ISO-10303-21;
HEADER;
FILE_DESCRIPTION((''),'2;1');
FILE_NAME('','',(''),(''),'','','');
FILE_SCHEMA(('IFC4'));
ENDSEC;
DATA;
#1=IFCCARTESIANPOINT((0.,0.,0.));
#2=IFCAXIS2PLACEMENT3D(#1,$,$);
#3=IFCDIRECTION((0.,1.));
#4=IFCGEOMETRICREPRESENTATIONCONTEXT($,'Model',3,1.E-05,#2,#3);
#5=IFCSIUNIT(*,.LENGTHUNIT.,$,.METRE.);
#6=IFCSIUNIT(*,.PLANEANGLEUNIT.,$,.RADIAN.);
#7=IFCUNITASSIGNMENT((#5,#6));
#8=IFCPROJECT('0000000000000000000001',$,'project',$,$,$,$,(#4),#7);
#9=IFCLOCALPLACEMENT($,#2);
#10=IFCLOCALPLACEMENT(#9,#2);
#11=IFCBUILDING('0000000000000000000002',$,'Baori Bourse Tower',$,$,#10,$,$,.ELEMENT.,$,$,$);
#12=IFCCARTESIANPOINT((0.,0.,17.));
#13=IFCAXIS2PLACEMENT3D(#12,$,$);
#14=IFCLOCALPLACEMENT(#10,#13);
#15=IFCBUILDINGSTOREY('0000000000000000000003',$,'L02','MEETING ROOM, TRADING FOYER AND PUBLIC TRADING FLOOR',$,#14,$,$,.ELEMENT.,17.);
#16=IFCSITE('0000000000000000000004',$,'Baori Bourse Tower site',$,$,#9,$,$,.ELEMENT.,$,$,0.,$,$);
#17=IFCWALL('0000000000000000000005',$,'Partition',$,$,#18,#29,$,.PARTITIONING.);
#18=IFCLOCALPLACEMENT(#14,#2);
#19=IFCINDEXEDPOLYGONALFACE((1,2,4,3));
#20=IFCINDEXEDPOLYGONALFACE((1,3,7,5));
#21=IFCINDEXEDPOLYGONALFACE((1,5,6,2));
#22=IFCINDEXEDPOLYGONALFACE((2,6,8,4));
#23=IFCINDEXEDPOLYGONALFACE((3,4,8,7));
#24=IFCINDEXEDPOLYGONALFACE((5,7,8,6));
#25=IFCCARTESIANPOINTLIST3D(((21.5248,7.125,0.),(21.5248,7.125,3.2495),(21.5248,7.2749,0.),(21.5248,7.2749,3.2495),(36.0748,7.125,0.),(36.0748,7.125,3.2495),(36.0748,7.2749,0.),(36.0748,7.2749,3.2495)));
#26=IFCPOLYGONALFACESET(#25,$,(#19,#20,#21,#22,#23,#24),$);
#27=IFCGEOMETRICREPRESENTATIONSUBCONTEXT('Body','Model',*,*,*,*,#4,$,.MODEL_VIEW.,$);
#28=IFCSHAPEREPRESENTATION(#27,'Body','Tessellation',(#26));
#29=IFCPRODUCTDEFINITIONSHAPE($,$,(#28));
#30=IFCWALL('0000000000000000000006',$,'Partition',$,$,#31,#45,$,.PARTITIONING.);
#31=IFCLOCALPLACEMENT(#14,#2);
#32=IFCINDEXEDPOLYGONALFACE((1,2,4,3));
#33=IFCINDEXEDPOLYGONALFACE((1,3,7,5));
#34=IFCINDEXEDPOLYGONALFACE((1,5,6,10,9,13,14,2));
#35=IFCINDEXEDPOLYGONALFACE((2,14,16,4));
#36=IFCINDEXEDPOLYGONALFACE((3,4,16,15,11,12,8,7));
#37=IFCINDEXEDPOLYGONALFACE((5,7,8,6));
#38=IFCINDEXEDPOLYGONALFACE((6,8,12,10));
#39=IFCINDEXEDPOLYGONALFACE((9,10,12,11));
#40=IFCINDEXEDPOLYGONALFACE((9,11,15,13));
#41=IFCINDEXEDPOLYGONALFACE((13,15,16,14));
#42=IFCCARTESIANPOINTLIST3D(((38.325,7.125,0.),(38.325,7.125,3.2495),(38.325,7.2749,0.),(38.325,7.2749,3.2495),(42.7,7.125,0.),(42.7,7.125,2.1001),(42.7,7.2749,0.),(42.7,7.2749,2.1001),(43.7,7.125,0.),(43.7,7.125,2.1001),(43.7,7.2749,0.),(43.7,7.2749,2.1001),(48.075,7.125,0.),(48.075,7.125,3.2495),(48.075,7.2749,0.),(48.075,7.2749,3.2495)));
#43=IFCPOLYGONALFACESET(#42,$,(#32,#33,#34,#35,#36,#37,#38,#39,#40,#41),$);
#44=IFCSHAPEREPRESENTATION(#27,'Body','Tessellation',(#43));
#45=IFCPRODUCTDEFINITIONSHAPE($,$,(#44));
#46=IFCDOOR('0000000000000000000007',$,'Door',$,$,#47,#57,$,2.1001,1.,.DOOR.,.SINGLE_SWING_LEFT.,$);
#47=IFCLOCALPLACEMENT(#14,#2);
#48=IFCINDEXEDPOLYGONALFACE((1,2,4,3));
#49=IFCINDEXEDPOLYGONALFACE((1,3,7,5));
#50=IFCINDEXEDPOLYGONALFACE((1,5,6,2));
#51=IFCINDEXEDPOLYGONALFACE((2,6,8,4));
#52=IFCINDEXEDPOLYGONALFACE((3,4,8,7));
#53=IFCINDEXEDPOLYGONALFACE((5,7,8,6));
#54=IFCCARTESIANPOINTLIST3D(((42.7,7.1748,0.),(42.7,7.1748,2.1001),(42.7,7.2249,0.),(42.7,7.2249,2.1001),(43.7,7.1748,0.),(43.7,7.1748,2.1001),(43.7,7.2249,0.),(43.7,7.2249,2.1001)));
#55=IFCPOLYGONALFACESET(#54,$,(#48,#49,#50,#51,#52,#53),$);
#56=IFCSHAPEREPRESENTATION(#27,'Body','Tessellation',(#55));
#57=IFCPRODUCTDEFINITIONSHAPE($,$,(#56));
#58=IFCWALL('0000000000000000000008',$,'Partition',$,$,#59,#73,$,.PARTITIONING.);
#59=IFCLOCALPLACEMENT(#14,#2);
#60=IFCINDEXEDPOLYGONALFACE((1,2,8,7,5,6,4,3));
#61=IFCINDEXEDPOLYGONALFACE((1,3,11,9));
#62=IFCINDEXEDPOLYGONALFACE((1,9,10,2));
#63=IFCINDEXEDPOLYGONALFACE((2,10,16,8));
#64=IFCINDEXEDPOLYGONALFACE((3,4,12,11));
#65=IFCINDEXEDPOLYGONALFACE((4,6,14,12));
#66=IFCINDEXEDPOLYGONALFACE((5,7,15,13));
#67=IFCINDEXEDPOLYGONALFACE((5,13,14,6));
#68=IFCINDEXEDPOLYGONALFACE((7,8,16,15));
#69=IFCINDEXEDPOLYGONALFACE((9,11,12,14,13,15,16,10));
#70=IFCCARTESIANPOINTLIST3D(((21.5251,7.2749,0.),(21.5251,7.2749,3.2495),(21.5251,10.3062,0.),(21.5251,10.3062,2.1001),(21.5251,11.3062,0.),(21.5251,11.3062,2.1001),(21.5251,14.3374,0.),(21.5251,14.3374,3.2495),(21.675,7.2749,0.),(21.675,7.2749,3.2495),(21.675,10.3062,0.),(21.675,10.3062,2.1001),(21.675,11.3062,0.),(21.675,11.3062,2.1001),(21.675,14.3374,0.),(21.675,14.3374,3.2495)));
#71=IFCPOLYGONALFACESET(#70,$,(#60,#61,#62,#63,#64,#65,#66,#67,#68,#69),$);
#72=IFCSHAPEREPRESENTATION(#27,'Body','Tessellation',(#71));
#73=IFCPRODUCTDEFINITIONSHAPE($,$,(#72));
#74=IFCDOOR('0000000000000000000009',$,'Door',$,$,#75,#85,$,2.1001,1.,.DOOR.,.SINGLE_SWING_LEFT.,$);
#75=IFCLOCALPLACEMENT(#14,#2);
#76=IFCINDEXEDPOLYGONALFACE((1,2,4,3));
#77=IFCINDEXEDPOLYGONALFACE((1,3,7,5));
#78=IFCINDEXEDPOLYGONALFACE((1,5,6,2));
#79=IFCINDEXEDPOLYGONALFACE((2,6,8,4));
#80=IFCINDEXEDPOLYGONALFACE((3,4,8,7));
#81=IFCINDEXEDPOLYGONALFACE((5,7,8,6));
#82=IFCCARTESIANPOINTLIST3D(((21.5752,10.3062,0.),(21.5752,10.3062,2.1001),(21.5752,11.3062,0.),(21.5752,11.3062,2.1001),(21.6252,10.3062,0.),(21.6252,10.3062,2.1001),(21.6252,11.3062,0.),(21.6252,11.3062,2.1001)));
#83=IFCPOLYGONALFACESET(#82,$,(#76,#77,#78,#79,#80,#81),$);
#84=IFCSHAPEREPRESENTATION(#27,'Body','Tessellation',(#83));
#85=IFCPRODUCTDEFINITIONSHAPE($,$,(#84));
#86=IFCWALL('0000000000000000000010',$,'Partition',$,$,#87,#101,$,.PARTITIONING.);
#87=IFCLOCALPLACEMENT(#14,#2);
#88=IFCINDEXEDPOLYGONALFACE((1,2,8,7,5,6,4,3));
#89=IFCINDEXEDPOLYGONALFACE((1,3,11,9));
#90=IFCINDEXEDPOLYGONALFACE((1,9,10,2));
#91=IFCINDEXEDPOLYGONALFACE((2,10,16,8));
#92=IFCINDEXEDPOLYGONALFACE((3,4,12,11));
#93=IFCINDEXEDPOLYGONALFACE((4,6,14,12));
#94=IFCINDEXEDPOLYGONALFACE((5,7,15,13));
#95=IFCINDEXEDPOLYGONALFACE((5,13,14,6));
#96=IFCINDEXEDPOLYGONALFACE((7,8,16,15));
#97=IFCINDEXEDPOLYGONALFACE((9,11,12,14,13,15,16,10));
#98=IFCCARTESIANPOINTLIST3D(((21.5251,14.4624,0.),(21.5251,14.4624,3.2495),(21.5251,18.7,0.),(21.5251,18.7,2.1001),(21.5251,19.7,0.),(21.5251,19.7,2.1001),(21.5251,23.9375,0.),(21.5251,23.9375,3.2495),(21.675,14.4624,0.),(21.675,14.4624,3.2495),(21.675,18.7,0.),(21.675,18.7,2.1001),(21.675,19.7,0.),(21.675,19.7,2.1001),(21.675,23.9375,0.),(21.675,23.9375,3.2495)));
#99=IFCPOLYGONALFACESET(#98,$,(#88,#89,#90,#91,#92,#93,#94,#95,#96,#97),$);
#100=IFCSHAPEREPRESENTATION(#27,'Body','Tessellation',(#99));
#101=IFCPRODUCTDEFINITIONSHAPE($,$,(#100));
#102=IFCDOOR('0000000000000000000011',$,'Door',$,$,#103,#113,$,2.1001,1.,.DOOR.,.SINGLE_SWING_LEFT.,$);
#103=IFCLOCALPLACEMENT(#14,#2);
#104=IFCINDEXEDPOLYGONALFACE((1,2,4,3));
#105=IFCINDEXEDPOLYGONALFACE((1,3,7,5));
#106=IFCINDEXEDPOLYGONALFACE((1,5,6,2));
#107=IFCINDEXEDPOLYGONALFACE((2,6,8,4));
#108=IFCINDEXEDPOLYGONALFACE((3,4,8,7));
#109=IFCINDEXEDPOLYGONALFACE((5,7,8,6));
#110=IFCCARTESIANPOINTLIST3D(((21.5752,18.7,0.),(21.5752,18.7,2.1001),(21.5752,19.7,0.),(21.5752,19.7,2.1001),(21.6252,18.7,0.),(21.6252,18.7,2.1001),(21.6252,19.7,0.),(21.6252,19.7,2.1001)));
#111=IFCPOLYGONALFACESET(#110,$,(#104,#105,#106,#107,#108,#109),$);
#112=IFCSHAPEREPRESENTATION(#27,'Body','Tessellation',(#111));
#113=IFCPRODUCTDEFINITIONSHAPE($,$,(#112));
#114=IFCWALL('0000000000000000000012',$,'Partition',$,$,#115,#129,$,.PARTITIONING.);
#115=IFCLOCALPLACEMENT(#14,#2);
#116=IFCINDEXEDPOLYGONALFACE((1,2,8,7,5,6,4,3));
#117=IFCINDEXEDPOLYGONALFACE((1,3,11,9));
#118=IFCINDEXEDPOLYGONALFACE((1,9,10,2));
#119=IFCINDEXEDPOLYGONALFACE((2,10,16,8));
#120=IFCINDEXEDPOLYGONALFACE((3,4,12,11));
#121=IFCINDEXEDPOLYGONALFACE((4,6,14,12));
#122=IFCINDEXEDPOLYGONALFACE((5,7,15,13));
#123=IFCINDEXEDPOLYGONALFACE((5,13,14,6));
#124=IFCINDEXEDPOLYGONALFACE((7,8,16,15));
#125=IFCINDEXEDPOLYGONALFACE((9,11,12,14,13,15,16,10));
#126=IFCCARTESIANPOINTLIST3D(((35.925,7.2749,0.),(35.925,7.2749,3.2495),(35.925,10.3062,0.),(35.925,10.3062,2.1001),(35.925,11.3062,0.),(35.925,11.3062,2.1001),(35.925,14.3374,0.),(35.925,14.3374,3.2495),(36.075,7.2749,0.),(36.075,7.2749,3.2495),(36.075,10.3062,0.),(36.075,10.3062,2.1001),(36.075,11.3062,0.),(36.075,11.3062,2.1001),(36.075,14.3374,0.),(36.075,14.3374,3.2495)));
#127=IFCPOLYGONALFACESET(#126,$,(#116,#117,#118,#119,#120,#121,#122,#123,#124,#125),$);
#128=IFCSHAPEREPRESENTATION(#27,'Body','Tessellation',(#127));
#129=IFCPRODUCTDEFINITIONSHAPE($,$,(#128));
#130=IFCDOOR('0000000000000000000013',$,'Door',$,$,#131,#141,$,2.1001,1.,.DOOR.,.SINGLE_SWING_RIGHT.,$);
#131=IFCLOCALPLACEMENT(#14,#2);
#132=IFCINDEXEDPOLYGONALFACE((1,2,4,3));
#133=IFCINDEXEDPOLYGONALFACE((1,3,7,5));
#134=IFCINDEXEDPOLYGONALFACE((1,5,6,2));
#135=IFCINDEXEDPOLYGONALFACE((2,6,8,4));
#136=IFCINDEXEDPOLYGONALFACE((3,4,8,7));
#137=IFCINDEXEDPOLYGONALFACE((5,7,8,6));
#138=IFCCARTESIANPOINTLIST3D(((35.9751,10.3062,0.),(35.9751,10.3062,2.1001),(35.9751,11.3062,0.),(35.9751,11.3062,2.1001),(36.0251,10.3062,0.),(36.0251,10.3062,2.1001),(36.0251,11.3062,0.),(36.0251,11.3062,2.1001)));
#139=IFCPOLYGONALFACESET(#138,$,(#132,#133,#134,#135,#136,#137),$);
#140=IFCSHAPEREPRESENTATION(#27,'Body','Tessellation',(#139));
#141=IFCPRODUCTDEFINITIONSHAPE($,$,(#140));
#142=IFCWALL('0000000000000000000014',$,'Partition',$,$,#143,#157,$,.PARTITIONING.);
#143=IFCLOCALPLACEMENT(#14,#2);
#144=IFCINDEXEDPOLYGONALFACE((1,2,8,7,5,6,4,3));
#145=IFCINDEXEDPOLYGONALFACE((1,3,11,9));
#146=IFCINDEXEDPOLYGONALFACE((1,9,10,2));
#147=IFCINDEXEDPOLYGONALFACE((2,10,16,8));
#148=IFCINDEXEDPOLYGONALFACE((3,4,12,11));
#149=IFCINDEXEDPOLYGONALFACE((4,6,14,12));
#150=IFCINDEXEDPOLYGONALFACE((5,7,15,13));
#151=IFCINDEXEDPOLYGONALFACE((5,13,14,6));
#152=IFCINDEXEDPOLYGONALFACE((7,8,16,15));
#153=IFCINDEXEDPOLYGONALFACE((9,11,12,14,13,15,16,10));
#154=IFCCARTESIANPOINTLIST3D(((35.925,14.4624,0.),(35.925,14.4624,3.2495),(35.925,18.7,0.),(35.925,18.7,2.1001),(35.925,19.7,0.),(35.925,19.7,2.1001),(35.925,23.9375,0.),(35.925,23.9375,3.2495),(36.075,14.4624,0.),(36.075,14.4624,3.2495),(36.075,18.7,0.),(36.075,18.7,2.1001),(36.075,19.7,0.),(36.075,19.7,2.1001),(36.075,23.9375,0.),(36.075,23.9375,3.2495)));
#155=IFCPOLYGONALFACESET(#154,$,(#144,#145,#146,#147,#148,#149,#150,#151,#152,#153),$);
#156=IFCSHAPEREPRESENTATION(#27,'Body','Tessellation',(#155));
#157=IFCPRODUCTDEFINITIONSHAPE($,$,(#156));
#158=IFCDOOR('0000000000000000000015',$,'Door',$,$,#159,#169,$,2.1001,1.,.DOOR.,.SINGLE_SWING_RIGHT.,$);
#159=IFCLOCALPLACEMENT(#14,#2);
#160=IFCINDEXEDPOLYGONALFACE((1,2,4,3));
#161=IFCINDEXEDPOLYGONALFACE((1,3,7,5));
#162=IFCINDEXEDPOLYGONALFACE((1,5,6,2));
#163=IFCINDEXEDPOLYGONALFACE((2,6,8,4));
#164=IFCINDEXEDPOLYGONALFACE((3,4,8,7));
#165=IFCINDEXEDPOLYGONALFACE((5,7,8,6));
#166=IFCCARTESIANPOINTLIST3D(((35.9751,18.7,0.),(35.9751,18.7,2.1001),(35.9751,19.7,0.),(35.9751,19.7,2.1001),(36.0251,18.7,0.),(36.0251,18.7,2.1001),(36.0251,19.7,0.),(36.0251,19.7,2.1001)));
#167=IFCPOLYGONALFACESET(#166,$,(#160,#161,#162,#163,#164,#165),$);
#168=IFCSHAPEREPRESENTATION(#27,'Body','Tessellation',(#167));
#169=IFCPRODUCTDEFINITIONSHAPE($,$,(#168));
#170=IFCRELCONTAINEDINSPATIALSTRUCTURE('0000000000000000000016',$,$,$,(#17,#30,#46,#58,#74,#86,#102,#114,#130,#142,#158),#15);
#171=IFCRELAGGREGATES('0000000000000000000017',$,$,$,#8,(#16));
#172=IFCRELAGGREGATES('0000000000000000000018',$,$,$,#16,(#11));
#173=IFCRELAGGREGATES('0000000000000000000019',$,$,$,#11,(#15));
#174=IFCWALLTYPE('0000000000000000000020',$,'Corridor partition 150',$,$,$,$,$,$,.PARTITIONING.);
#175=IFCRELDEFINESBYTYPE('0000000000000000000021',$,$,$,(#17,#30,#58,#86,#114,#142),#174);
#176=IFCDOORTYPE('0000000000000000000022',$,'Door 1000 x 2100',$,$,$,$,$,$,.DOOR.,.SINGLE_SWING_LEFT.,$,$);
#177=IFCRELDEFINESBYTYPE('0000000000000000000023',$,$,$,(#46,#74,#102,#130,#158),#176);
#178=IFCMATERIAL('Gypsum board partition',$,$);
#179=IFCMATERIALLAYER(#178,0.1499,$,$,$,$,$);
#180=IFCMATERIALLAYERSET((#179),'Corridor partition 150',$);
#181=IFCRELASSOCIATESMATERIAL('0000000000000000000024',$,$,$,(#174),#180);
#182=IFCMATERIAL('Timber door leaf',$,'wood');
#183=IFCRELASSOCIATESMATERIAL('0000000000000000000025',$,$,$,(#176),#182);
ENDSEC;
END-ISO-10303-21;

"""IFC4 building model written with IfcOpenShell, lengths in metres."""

from ifc_helpers import new_model, si_unit, direction, frame, frame_2d, origin, place, context, subcontext, project, spatial, rectangle, extrude, material, layer, layer_set, type_object, element, fill, save


model = new_model("IFC4")

# Units and contexts
model_context = context("Model", 3, precision=1e-05, world=origin(), true_north=direction((0.0, 1.0)))
body_context = subcontext(model_context, "Body", "Model", "MODEL_VIEW")
ifc_project = project(units=[si_unit("LENGTHUNIT", "METRE"), si_unit("PLANEANGLEUNIT", "RADIAN")], contexts=[model_context])

# Site, building, storey
site_placement = place(None, origin())
site = spatial("IfcSite", under=ifc_project, at=site_placement, Name="Baori Bourse Tower site", CompositionType="ELEMENT", RefElevation=0.0)
building_placement = place(site_placement, origin())
building = spatial("IfcBuilding", under=site, at=building_placement, Name="Baori Bourse Tower", CompositionType="ELEMENT")
storey_placement = place(building_placement, frame((0.0, 0.0, 17.0)))
storey = spatial("IfcBuildingStorey", under=building, at=storey_placement, Name="L02", Description="MEETING ROOM, TRADING FOYER AND PUBLIC TRADING FLOOR", CompositionType="ELEMENT", Elevation=17.0)

# Wall
ifc_material_1 = material(Name="Gypsum board partition")
ifc_layer_1 = layer(ifc_material_1, 0.1499)
ifc_layer_set_1 = layer_set([ifc_layer_1], Name="Corridor partition 150")
wall_type_1 = type_object("IfcWallType", Name="Corridor partition 150", PredefinedType="PARTITIONING", material=ifc_layer_set_1)
wall_1_placement = place(storey_placement, frame((21.5249, 7.2, 0.0), z_axis=(0.0, 0.0, 1.0), x_axis=(1.0, 0.0, 0.0)))
element("IfcWall", 1, at=wall_1_placement, inside=storey, type_object=wall_type_1, Name="Partition", PredefinedType="PARTITIONING", context=body_context, shape_type="SweptSolid", body=[
    extrude(rectangle(XDim=14.55, YDim=0.1499, at=frame_2d((7.2749, 0.0))), origin(), (0.0, 0.0, 1.0), 3.2495),
])

# Walls, openings, doors
wall_2_placement = place(storey_placement, frame((38.325, 7.2, 0.0), z_axis=(0.0, 0.0, 1.0), x_axis=(1.0, 0.0, 0.0)))
wall_2 = element("IfcWall", 2, at=wall_2_placement, inside=storey, type_object=wall_type_1, Name="Partition", PredefinedType="PARTITIONING", context=body_context, shape_type="SweptSolid", body=[
    extrude(rectangle(XDim=9.75, YDim=0.1499, at=frame_2d((4.875, 0.0))), origin(), (0.0, 0.0, 1.0), 3.2495),
])
opening_1_placement = place(wall_2_placement, frame((4.375, 0.0, 0.0)))
opening_1 = element("IfcOpeningElement", 3, at=opening_1_placement, cuts=wall_2, PredefinedType="OPENING", context=body_context, shape_type="SweptSolid", body=[
    extrude(rectangle(XDim=1.0, YDim=2.1001, at=frame_2d((0.5, 1.05))), frame((0.0, 0.085, 0.0), z_axis=(0.0, -1.0, 0.0), x_axis=(1.0, 0.0, 0.0)), (0.0, 0.0, 1.0), 0.1699),
])
ifc_material_2 = material(Name="Timber door leaf", Category="wood")
door_type = type_object("IfcDoorType", Name="Door 1000 x 2100", OperationType="SINGLE_SWING_LEFT", PredefinedType="DOOR", material=ifc_material_2)
door_1_placement = place(opening_1_placement, origin())
door_1 = element("IfcDoor", 4, at=door_1_placement, inside=storey, type_object=door_type, Name="Door", OperationType="SINGLE_SWING_LEFT", OverallHeight=2.1001, OverallWidth=1.0, PredefinedType="DOOR", context=body_context, shape_type="SweptSolid", body=[
    extrude(rectangle(XDim=1.0, YDim=2.1001, at=frame_2d((0.5, 1.05))), frame((0.0, 0.0249, 0.0), z_axis=(0.0, -1.0, 0.0), x_axis=(1.0, 0.0, 0.0)), (0.0, 0.0, 1.0), 0.05),
])
fill(opening_1, door_1)
wall_3_placement = place(storey_placement, frame((21.6001, 7.2749, 0.0), z_axis=(0.0, 0.0, 1.0), x_axis=(0.0, 1.0, 0.0)))
wall_3 = element("IfcWall", 5, at=wall_3_placement, inside=storey, type_object=wall_type_1, Name="Partition", PredefinedType="PARTITIONING", context=body_context, shape_type="SweptSolid", body=[
    extrude(rectangle(XDim=7.0625, YDim=0.1499, at=frame_2d((3.5312, 0.0))), origin(), (0.0, 0.0, 1.0), 3.2495),
])
opening_2_placement = place(wall_3_placement, frame((3.0312, 0.0, 0.0)))
opening_2 = element("IfcOpeningElement", 6, at=opening_2_placement, cuts=wall_3, PredefinedType="OPENING", context=body_context, shape_type="SweptSolid", body=[
    extrude(rectangle(XDim=1.0, YDim=2.1001, at=frame_2d((0.5, 1.05))), frame((0.0, 0.085, 0.0), z_axis=(0.0, -1.0, 0.0), x_axis=(1.0, 0.0, 0.0)), (0.0, 0.0, 1.0), 0.1699),
])
door_2_placement = place(opening_2_placement, origin())
door_2 = element("IfcDoor", 7, at=door_2_placement, inside=storey, type_object=door_type, Name="Door", OperationType="SINGLE_SWING_LEFT", OverallHeight=2.1001, OverallWidth=1.0, PredefinedType="DOOR", context=body_context, shape_type="SweptSolid", body=[
    extrude(rectangle(XDim=1.0, YDim=2.1001, at=frame_2d((0.5, 1.05))), frame((0.0, 0.0249, 0.0), z_axis=(0.0, -1.0, 0.0), x_axis=(1.0, 0.0, 0.0)), (0.0, 0.0, 1.0), 0.05),
])
fill(opening_2, door_2)
wall_4_placement = place(storey_placement, frame((21.6001, 14.4624, 0.0), z_axis=(0.0, 0.0, 1.0), x_axis=(0.0, 1.0, 0.0)))
wall_4 = element("IfcWall", 8, at=wall_4_placement, inside=storey, type_object=wall_type_1, Name="Partition", PredefinedType="PARTITIONING", context=body_context, shape_type="SweptSolid", body=[
    extrude(rectangle(XDim=9.4751, YDim=0.1499, at=frame_2d((4.7375, 0.0))), origin(), (0.0, 0.0, 1.0), 3.2495),
])
opening_3_placement = place(wall_4_placement, frame((4.2375, 0.0, 0.0)))
opening_3 = element("IfcOpeningElement", 9, at=opening_3_placement, cuts=wall_4, PredefinedType="OPENING", context=body_context, shape_type="SweptSolid", body=[
    extrude(rectangle(XDim=1.0, YDim=2.1001, at=frame_2d((0.5, 1.05))), frame((0.0, 0.085, 0.0), z_axis=(0.0, -1.0, 0.0), x_axis=(1.0, 0.0, 0.0)), (0.0, 0.0, 1.0), 0.1699),
])
door_3_placement = place(opening_3_placement, origin())
door_3 = element("IfcDoor", 10, at=door_3_placement, inside=storey, type_object=door_type, Name="Door", OperationType="SINGLE_SWING_LEFT", OverallHeight=2.1001, OverallWidth=1.0, PredefinedType="DOOR", context=body_context, shape_type="SweptSolid", body=[
    extrude(rectangle(XDim=1.0, YDim=2.1001, at=frame_2d((0.5, 1.05))), frame((0.0, 0.0249, 0.0), z_axis=(0.0, -1.0, 0.0), x_axis=(1.0, 0.0, 0.0)), (0.0, 0.0, 1.0), 0.05),
])
fill(opening_3, door_3)
wall_5_placement = place(storey_placement, frame((36.0, 7.2749, 0.0), z_axis=(0.0, 0.0, 1.0), x_axis=(0.0, 1.0, 0.0)))
wall_5 = element("IfcWall", 11, at=wall_5_placement, inside=storey, type_object=wall_type_1, Name="Partition", PredefinedType="PARTITIONING", context=body_context, shape_type="SweptSolid", body=[
    extrude(rectangle(XDim=7.0625, YDim=0.1499, at=frame_2d((3.5312, 0.0))), origin(), (0.0, 0.0, 1.0), 3.2495),
])
opening_4_placement = place(wall_5_placement, frame((3.0312, 0.0, 0.0)))
opening_4 = element("IfcOpeningElement", 12, at=opening_4_placement, cuts=wall_5, PredefinedType="OPENING", context=body_context, shape_type="SweptSolid", body=[
    extrude(rectangle(XDim=1.0, YDim=2.1001, at=frame_2d((0.5, 1.05))), frame((0.0, 0.085, 0.0), z_axis=(0.0, -1.0, 0.0), x_axis=(1.0, 0.0, 0.0)), (0.0, 0.0, 1.0), 0.1699),
])
door_4_placement = place(opening_4_placement, origin())
door_4 = element("IfcDoor", 13, at=door_4_placement, inside=storey, type_object=door_type, Name="Door", OperationType="SINGLE_SWING_RIGHT", OverallHeight=2.1001, OverallWidth=1.0, PredefinedType="DOOR", context=body_context, shape_type="SweptSolid", body=[
    extrude(rectangle(XDim=1.0, YDim=2.1001, at=frame_2d((0.5, 1.05))), frame((0.0, 0.0249, 0.0), z_axis=(0.0, -1.0, 0.0), x_axis=(1.0, 0.0, 0.0)), (0.0, 0.0, 1.0), 0.05),
])
fill(opening_4, door_4)
wall_6_placement = place(storey_placement, frame((36.0, 14.4624, 0.0), z_axis=(0.0, 0.0, 1.0), x_axis=(0.0, 1.0, 0.0)))
wall_6 = element("IfcWall", 14, at=wall_6_placement, inside=storey, type_object=wall_type_1, Name="Partition", PredefinedType="PARTITIONING", context=body_context, shape_type="SweptSolid", body=[
    extrude(rectangle(XDim=9.4751, YDim=0.1499, at=frame_2d((4.7375, 0.0))), origin(), (0.0, 0.0, 1.0), 3.2495),
])
opening_5_placement = place(wall_6_placement, frame((4.2375, 0.0, 0.0)))
opening_5 = element("IfcOpeningElement", 15, at=opening_5_placement, cuts=wall_6, PredefinedType="OPENING", context=body_context, shape_type="SweptSolid", body=[
    extrude(rectangle(XDim=1.0, YDim=2.1001, at=frame_2d((0.5, 1.05))), frame((0.0, 0.085, 0.0), z_axis=(0.0, -1.0, 0.0), x_axis=(1.0, 0.0, 0.0)), (0.0, 0.0, 1.0), 0.1699),
])
door_5_placement = place(opening_5_placement, origin())
door_5 = element("IfcDoor", 16, at=door_5_placement, inside=storey, type_object=door_type, Name="Door", OperationType="SINGLE_SWING_RIGHT", OverallHeight=2.1001, OverallWidth=1.0, PredefinedType="DOOR", context=body_context, shape_type="SweptSolid", body=[
    extrude(rectangle(XDim=1.0, YDim=2.1001, at=frame_2d((0.5, 1.05))), frame((0.0, 0.0249, 0.0), z_axis=(0.0, -1.0, 0.0), x_axis=(1.0, 0.0, 0.0)), (0.0, 0.0, 1.0), 0.05),
])
fill(opening_5, door_5)

save(model, "model.ifc")
